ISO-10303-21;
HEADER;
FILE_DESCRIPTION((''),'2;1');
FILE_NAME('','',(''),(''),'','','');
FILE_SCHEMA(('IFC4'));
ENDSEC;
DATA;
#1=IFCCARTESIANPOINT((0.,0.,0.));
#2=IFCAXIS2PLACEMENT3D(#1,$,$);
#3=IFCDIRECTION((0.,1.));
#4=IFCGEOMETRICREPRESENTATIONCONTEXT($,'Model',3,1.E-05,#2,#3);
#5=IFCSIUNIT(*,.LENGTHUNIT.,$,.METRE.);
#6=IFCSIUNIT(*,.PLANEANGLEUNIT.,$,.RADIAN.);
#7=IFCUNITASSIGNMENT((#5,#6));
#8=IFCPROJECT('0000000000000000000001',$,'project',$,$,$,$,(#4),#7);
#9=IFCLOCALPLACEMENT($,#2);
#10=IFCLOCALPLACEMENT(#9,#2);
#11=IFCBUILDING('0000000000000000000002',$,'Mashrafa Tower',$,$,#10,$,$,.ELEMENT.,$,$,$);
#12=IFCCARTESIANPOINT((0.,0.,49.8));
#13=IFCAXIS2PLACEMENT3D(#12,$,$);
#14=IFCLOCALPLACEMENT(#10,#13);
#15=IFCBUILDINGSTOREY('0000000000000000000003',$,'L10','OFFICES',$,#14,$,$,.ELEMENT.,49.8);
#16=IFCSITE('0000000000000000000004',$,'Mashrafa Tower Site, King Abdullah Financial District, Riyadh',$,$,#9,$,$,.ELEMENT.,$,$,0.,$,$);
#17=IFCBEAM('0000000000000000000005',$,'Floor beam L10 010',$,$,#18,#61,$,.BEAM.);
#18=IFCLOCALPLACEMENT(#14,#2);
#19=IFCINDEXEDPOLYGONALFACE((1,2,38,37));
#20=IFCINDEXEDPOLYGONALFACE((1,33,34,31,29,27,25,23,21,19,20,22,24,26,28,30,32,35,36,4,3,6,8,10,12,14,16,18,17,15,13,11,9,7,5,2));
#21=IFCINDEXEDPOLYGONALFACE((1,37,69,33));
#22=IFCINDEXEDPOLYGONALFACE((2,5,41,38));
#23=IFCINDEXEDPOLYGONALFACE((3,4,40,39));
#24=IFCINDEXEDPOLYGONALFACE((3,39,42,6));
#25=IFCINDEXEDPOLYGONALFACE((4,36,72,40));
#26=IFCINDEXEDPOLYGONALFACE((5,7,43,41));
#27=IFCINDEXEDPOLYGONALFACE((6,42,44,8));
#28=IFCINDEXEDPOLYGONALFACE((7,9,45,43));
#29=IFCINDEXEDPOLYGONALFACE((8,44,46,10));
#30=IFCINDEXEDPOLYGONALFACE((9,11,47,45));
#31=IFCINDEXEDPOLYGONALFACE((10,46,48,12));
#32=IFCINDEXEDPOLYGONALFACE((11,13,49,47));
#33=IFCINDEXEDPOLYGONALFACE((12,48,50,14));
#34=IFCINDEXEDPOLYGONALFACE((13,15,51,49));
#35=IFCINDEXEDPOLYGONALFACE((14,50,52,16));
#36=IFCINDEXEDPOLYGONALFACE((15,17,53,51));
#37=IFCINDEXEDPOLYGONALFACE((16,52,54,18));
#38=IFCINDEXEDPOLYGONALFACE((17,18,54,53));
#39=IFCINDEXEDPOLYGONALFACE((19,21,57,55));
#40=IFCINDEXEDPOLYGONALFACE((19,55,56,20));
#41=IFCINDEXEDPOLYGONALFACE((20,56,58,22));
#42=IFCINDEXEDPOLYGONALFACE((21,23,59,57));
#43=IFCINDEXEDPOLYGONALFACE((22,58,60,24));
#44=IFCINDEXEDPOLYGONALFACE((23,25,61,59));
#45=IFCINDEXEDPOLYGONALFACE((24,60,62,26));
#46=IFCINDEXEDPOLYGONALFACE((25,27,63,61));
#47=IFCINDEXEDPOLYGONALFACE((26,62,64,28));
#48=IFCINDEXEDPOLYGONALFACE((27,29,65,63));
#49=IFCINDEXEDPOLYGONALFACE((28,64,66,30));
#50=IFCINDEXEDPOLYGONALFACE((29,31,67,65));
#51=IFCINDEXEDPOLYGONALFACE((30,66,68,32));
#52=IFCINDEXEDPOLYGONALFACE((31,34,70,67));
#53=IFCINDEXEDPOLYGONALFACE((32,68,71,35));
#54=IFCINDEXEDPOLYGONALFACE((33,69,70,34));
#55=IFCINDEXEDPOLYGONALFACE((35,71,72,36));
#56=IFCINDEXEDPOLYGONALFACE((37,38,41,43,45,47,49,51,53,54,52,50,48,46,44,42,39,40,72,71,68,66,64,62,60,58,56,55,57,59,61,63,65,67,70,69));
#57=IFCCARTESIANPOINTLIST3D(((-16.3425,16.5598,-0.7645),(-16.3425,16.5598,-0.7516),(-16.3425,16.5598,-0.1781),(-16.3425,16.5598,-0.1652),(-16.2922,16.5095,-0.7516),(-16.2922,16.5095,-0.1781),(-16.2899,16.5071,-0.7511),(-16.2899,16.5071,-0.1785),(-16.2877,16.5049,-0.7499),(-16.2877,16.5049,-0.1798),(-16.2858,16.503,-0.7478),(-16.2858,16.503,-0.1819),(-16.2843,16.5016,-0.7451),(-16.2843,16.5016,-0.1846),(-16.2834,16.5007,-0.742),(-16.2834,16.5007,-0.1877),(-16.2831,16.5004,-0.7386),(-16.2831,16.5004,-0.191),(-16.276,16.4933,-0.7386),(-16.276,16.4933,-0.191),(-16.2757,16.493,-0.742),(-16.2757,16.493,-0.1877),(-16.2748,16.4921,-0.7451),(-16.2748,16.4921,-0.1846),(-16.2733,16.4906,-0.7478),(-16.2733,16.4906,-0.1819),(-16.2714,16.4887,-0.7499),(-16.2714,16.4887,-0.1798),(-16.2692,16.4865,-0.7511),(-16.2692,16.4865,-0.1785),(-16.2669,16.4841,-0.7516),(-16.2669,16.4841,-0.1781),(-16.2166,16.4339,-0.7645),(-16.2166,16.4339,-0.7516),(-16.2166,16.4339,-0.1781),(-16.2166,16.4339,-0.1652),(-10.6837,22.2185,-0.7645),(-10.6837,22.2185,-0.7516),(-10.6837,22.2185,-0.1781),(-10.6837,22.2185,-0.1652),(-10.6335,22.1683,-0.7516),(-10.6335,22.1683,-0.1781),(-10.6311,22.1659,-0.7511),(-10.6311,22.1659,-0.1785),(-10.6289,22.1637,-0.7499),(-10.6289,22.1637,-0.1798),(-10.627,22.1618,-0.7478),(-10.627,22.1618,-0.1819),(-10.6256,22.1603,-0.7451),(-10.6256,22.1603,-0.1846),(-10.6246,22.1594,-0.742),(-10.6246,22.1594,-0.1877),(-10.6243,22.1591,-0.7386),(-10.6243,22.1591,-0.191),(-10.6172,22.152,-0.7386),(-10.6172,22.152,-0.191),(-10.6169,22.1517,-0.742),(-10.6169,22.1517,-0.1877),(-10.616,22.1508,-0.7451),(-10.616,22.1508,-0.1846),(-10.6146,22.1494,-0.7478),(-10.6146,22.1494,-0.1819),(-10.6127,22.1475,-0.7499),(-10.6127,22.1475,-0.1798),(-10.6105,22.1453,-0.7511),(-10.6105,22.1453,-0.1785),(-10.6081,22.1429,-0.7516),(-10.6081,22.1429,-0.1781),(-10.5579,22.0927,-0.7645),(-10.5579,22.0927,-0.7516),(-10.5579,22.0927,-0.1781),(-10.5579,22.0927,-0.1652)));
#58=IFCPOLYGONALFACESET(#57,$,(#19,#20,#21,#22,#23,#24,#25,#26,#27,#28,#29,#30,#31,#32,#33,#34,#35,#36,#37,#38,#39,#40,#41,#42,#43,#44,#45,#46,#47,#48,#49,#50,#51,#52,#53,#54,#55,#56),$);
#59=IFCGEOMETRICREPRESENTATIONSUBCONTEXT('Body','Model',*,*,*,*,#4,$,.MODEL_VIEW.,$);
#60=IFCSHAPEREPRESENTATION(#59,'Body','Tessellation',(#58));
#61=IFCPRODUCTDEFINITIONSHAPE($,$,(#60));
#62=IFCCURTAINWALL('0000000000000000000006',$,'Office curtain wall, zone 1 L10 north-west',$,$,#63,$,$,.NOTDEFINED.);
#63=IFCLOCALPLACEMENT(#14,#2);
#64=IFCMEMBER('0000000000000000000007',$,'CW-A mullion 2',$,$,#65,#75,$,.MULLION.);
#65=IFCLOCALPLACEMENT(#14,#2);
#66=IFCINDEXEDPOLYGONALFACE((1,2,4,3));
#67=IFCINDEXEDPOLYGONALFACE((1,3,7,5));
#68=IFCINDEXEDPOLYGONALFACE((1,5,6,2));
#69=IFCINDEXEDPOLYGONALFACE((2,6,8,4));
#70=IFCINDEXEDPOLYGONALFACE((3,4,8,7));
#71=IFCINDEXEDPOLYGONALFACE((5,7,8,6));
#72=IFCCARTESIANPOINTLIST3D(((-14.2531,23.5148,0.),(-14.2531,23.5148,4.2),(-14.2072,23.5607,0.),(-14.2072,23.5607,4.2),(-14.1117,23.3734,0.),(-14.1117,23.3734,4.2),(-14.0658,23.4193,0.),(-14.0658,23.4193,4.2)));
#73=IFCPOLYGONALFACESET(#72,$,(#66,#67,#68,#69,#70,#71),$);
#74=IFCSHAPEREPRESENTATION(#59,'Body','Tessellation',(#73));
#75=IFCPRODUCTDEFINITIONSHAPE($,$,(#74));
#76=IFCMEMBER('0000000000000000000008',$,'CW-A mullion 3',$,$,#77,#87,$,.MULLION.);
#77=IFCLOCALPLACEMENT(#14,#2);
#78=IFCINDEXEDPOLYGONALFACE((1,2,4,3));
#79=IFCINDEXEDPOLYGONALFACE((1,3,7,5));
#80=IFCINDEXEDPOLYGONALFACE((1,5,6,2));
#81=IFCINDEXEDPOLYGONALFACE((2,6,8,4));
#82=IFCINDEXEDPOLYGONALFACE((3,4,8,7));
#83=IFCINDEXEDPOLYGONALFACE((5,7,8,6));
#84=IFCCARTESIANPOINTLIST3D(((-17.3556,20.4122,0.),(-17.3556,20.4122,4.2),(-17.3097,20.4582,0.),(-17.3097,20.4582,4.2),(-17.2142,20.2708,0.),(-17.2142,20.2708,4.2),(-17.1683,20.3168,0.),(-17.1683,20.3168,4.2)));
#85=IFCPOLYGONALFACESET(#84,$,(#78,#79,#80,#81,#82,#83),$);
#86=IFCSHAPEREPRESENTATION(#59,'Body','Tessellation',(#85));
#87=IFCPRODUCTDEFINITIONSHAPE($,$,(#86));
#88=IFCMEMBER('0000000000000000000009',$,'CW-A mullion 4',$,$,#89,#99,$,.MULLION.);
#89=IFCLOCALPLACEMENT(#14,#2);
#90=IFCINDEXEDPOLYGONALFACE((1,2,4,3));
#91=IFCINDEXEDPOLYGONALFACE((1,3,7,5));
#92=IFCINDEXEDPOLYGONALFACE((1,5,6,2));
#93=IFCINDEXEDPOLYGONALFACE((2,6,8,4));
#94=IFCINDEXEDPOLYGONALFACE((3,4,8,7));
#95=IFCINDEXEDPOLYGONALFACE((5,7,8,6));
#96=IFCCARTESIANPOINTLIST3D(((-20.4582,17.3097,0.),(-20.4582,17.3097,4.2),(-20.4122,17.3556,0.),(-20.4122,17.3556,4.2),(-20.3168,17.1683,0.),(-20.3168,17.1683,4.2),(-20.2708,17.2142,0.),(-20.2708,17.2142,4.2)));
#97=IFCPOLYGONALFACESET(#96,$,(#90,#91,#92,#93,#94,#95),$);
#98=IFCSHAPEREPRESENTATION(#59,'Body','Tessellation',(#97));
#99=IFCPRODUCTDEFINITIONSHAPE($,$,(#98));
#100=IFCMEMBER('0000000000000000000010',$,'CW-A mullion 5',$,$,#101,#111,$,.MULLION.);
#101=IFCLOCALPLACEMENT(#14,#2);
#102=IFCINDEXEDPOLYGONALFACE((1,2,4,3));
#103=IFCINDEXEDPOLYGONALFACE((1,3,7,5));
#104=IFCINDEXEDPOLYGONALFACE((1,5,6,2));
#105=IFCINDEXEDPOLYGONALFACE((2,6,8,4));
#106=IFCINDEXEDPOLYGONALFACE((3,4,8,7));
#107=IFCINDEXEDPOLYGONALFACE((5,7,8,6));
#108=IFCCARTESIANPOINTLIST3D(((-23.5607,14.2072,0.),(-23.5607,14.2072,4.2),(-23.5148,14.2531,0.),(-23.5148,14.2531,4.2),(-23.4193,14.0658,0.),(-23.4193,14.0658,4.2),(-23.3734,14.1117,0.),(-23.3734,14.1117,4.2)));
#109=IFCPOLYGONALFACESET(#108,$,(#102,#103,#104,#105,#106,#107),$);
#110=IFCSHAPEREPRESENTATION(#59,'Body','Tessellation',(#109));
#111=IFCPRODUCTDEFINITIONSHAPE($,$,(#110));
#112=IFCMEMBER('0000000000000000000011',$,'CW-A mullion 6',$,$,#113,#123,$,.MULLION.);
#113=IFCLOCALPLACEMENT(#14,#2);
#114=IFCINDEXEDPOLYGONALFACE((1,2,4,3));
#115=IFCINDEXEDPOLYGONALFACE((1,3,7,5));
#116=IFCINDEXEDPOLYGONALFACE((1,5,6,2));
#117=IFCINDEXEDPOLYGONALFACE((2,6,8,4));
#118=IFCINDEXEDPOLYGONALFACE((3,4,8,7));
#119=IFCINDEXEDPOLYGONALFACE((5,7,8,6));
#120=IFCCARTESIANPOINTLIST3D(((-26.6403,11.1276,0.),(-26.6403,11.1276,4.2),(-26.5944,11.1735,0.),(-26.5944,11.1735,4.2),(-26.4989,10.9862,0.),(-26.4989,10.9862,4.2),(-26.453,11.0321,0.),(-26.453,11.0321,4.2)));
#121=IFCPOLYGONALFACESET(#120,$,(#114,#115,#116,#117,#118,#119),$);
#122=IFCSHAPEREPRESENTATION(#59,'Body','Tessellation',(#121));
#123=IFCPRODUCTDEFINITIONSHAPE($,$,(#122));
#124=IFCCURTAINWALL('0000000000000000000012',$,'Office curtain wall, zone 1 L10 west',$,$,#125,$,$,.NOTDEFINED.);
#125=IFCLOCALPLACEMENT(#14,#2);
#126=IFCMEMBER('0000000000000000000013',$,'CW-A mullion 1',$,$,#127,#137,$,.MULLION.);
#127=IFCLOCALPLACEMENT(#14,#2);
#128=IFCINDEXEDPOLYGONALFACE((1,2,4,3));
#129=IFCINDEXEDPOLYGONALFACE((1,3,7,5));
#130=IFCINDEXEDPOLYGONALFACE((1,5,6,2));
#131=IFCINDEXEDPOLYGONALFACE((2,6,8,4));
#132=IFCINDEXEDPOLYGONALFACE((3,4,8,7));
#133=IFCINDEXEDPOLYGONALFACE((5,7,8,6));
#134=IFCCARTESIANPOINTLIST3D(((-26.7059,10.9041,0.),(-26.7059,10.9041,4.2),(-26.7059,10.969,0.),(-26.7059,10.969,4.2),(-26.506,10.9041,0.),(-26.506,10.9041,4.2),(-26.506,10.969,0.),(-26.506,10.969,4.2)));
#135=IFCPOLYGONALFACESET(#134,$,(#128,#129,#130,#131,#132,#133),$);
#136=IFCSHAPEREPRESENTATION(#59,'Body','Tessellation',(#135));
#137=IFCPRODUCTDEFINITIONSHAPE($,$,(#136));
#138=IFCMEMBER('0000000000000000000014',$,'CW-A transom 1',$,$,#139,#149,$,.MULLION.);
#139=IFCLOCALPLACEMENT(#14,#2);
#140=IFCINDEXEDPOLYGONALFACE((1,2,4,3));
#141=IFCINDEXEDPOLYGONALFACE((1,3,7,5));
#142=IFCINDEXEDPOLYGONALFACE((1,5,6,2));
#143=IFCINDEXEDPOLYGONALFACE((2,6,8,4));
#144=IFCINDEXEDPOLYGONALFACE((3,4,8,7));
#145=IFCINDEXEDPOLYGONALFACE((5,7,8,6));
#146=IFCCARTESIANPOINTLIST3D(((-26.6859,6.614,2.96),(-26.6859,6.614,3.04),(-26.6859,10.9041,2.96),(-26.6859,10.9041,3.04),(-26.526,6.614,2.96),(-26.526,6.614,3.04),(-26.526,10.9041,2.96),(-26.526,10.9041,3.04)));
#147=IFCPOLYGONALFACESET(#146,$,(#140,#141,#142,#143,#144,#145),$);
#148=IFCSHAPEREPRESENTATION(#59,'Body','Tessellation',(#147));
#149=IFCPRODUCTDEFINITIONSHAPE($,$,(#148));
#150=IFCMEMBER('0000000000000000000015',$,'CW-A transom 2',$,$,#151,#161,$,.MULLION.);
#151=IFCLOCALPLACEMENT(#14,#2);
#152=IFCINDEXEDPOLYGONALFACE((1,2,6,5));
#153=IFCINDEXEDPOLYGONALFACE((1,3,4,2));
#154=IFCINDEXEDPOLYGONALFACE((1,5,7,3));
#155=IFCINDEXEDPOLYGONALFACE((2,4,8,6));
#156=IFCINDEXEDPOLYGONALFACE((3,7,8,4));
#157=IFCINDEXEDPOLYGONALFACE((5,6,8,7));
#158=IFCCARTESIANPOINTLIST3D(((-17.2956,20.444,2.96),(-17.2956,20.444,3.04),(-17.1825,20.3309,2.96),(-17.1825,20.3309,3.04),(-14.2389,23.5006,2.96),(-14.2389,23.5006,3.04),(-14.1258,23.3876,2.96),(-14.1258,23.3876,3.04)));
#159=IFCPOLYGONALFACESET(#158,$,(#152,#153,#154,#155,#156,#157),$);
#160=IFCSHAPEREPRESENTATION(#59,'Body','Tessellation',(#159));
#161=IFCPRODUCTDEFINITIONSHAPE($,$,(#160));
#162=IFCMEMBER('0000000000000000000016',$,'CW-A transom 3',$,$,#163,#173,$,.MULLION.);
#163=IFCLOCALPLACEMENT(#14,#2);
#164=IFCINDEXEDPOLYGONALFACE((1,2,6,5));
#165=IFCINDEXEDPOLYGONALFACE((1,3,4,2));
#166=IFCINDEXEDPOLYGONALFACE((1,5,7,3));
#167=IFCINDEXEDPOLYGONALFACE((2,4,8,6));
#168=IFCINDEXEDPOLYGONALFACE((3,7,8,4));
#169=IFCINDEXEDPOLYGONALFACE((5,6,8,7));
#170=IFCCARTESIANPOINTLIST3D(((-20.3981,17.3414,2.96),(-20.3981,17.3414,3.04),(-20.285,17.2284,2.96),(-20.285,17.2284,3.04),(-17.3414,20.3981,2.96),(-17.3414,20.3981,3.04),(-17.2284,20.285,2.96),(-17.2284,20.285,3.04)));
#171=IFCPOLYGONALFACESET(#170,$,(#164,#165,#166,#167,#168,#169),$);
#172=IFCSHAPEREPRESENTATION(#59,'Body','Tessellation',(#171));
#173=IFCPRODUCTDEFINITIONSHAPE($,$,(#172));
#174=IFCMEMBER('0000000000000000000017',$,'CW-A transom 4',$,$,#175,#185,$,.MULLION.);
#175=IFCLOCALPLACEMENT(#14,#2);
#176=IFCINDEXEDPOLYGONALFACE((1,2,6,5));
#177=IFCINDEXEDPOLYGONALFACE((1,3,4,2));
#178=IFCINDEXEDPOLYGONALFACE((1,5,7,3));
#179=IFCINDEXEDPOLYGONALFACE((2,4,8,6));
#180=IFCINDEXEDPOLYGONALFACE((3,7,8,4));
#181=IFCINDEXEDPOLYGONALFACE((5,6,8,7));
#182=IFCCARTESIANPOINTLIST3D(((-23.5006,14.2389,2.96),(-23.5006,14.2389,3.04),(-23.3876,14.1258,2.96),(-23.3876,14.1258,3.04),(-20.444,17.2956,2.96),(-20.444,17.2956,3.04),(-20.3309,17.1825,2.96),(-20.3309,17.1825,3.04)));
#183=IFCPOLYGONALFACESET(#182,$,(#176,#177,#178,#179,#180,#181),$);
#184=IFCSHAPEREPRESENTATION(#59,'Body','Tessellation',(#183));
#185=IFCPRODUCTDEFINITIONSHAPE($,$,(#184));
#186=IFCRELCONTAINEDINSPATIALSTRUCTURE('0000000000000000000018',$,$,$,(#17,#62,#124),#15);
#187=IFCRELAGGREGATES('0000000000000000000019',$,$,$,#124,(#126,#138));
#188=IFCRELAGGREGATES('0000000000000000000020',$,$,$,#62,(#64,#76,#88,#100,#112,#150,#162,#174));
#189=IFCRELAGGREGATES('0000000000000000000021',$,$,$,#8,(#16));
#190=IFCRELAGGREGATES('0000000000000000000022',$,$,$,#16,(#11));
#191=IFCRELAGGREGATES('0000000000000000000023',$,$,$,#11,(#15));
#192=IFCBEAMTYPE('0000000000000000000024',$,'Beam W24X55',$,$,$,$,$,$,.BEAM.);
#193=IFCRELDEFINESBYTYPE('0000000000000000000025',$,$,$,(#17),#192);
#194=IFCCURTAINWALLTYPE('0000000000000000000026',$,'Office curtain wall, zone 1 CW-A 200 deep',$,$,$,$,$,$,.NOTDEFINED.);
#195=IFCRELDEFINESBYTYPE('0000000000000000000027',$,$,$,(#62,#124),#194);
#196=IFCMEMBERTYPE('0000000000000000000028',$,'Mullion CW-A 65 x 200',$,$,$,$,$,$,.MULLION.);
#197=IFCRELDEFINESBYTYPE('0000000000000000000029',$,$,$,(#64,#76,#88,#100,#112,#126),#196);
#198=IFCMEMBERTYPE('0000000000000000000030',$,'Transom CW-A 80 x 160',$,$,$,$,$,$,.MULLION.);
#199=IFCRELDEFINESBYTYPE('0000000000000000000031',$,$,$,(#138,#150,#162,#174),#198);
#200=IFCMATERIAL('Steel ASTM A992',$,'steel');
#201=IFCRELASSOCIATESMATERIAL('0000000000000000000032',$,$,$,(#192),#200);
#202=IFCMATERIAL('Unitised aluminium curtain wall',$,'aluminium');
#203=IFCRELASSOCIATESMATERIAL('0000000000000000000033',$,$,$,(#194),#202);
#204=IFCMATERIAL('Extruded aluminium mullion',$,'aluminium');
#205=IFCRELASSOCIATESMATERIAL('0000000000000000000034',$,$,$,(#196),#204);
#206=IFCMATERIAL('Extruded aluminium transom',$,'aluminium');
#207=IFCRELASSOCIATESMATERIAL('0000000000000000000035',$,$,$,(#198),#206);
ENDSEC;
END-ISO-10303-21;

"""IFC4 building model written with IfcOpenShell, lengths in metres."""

from ifc_helpers import new_model, si_unit, direction, frame, origin, origin_2d, place, context, subcontext, project, spatial, rectangle, i_section, extrude, source, transform, mapped, material, material_profile, profile_set, type_object, type_shapes, element, aggregate, save


model = new_model("IFC4")

# Units and contexts
model_context = context("Model", 3, precision=1e-05, world=origin(), true_north=direction((0.0, 1.0)))
body_context = subcontext(model_context, "Body", "Model", "MODEL_VIEW")
ifc_project = project(units=[si_unit("LENGTHUNIT", "METRE"), si_unit("PLANEANGLEUNIT", "RADIAN")], contexts=[model_context])

# Site, building, storey
site_placement = place(None, origin())
site = spatial("IfcSite", under=ifc_project, at=site_placement, Name="Mashrafa Tower Site, King Abdullah Financial District, Riyadh", CompositionType="ELEMENT", RefElevation=0.0)
building_placement = place(site_placement, origin())
building = spatial("IfcBuilding", under=site, at=building_placement, Name="Mashrafa Tower", CompositionType="ELEMENT")
storey_placement = place(building_placement, frame((0.0, 0.0, 49.8)))
storey = spatial("IfcBuildingStorey", under=building, at=storey_placement, Name="L10", Description="OFFICES", CompositionType="ELEMENT", Elevation=49.8)

# Beam
ifc_material_1 = material(Name="Steel ASTM A992", Category="steel")
ifc_material_profile_1 = material_profile(ifc_material_1, i_section(OverallWidth=0.178, OverallDepth=0.5994, WebThickness=0.01, FlangeThickness=0.0129, FilletRadius=0.0129, at=origin_2d()), Name="W24X55")
ifc_profile_set_1 = profile_set([ifc_material_profile_1], Name="Steel ASTM A992")
beam_type_1 = type_object("IfcBeamType", Name="Beam W24X55", PredefinedType="BEAM", material=ifc_profile_set_1)
beam_1_placement = place(storey_placement, frame((-16.2795, 16.4968, -0.4648), z_axis=(0.707107, 0.707107, 0.0), x_axis=(-0.707107, 0.707107, 0.0)))
element("IfcBeam", 1, at=beam_1_placement, inside=storey, type_object=beam_type_1, Name="Floor beam L10 010", PredefinedType="BEAM", context=body_context, shape_type="SweptSolid", body=[
    extrude(i_section(OverallWidth=0.178, OverallDepth=0.5994, WebThickness=0.01, FlangeThickness=0.0129, FilletRadius=0.0129, at=origin_2d()), origin(), (0.0, 0.0, 1.0), 8.0027),
])

# Curtain walls, members
ifc_material_2 = material(Name="Unitised aluminium curtain wall", Category="aluminium")
curtain_wall_type = type_object("IfcCurtainWallType", Name="Office curtain wall, zone 1 CW-A 200 deep", PredefinedType="NOTDEFINED", material=ifc_material_2)
curtain_wall_1_placement = place(storey_placement, origin())
curtain_wall_1 = element("IfcCurtainWall", 2, at=curtain_wall_1_placement, inside=storey, type_object=curtain_wall_type, Name="Office curtain wall, zone 1 L10 north-west", PredefinedType="NOTDEFINED")
ifc_material_3 = material(Name="Extruded aluminium mullion", Category="aluminium")
ifc_material_profile_2 = material_profile(ifc_material_3, rectangle(XDim=0.2, YDim=0.0649, at=origin_2d()), Name="Mullion 65x200")
ifc_profile_set_2 = profile_set([ifc_material_profile_2], Name="Extruded aluminium mullion")
member_type_1 = type_object("IfcMemberType", Name="Mullion CW-A 65 x 200", PredefinedType="MULLION", material=ifc_profile_set_2)
shared_shape_1 = source(origin(), body_context, "Body", "SweptSolid", [
    extrude(rectangle(XDim=0.2, YDim=0.0649, at=origin_2d()), origin(), (0.0, 0.0, 1.0), 4.2),
])
type_shapes(member_type_1, [shared_shape_1])
member_1_placement = place(storey_placement, frame((-14.1594, 23.467, 0.0), z_axis=(0.0, 0.0, 1.0), x_axis=(0.707107, -0.707107, 0.0)))
member_1 = element("IfcMember", 3, at=member_1_placement, type_object=member_type_1, Name="CW-A mullion 2", PredefinedType="MULLION", context=body_context, shape_type="MappedRepresentation", body=[
    mapped(shared_shape_1, transform((0.0, 0.0, 0.0))),
])
member_2_placement = place(storey_placement, frame((-17.262, 20.3645, 0.0), z_axis=(0.0, 0.0, 1.0), x_axis=(0.707107, -0.707107, 0.0)))
member_2 = element("IfcMember", 4, at=member_2_placement, type_object=member_type_1, Name="CW-A mullion 3", PredefinedType="MULLION", context=body_context, shape_type="MappedRepresentation", body=[
    mapped(shared_shape_1, transform((0.0, 0.0, 0.0))),
])
member_3_placement = place(storey_placement, frame((-20.3645, 17.262, 0.0), z_axis=(0.0, 0.0, 1.0), x_axis=(0.707107, -0.707107, 0.0)))
member_3 = element("IfcMember", 5, at=member_3_placement, type_object=member_type_1, Name="CW-A mullion 4", PredefinedType="MULLION", context=body_context, shape_type="MappedRepresentation", body=[
    mapped(shared_shape_1, transform((0.0, 0.0, 0.0))),
])
member_4_placement = place(storey_placement, frame((-23.467, 14.1594, 0.0), z_axis=(0.0, 0.0, 1.0), x_axis=(0.707107, -0.707107, 0.0)))
member_4 = element("IfcMember", 6, at=member_4_placement, type_object=member_type_1, Name="CW-A mullion 5", PredefinedType="MULLION", context=body_context, shape_type="MappedRepresentation", body=[
    mapped(shared_shape_1, transform((0.0, 0.0, 0.0))),
])
member_5_placement = place(storey_placement, frame((-26.5466, 11.0798, 0.0), z_axis=(0.0, 0.0, 1.0), x_axis=(0.707107, -0.707107, 0.0)))
member_5 = element("IfcMember", 7, at=member_5_placement, type_object=member_type_1, Name="CW-A mullion 6", PredefinedType="MULLION", context=body_context, shape_type="MappedRepresentation", body=[
    mapped(shared_shape_1, transform((0.0, 0.0, 0.0))),
])
curtain_wall_2_placement = place(storey_placement, origin())
curtain_wall_2 = element("IfcCurtainWall", 8, at=curtain_wall_2_placement, inside=storey, type_object=curtain_wall_type, Name="Office curtain wall, zone 1 L10 west", PredefinedType="NOTDEFINED")
member_6_placement = place(storey_placement, frame((-26.606, 10.9365, 0.0), z_axis=(0.0, 0.0, 1.0), x_axis=(1.0, 0.0, 0.0)))
member_6 = element("IfcMember", 9, at=member_6_placement, type_object=member_type_1, Name="CW-A mullion 1", PredefinedType="MULLION", context=body_context, shape_type="MappedRepresentation", body=[
    mapped(shared_shape_1, transform((0.0, 0.0, 0.0))),
])
ifc_material_4 = material(Name="Extruded aluminium transom", Category="aluminium")
ifc_material_profile_3 = material_profile(ifc_material_4, rectangle(XDim=0.1599, YDim=0.0801, at=origin_2d()), Name="Transom 80x160")
ifc_profile_set_3 = profile_set([ifc_material_profile_3], Name="Extruded aluminium transom")
member_type_2 = type_object("IfcMemberType", Name="Transom CW-A 80 x 160", PredefinedType="MULLION", material=ifc_profile_set_3)
shared_shape_2 = source(origin(), body_context, "Body", "SweptSolid", [
    extrude(rectangle(XDim=0.1599, YDim=0.0801, at=origin_2d()), origin(), (0.0, 0.0, 1.0), 4.29),
])
member_7_placement = place(storey_placement, frame((-26.606, 10.9041, 3.0), z_axis=(0.0, -1.0, 0.0), x_axis=(1.0, 0.0, 0.0)))
member_7 = element("IfcMember", 10, at=member_7_placement, type_object=member_type_2, Name="CW-A transom 1", PredefinedType="MULLION", context=body_context, shape_type="MappedRepresentation", body=[
    mapped(shared_shape_2, transform((0.0, 0.0, 0.0))),
])
aggregate(curtain_wall_2, [member_6, member_7])

# Members
shared_shape_3 = source(origin(), body_context, "Body", "SweptSolid", [
    extrude(rectangle(XDim=0.1599, YDim=0.0801, at=origin_2d()), origin(), (0.0, 0.0, 1.0), 4.3228),
])
member_8_placement = place(storey_placement, frame((-14.1824, 23.4441, 3.0), z_axis=(-0.707107, -0.707107, 0.0), x_axis=(0.707107, -0.707107, 0.0)))
member_8 = element("IfcMember", 11, at=member_8_placement, type_object=member_type_2, Name="CW-A transom 2", PredefinedType="MULLION", context=body_context, shape_type="MappedRepresentation", body=[
    mapped(shared_shape_3, transform((0.0, 0.0, 0.0))),
])
member_9_placement = place(storey_placement, frame((-17.2849, 20.3416, 3.0), z_axis=(-0.707107, -0.707107, 0.0), x_axis=(0.707107, -0.707107, 0.0)))
member_9 = element("IfcMember", 12, at=member_9_placement, type_object=member_type_2, Name="CW-A transom 3", PredefinedType="MULLION", context=body_context, shape_type="MappedRepresentation", body=[
    mapped(shared_shape_3, transform((0.0, 0.0, 0.0))),
])
member_10_placement = place(storey_placement, frame((-20.3875, 17.239, 3.0), z_axis=(-0.707107, -0.707107, 0.0), x_axis=(0.707107, -0.707107, 0.0)))
member_10 = element("IfcMember", 13, at=member_10_placement, type_object=member_type_2, Name="CW-A transom 4", PredefinedType="MULLION", context=body_context, shape_type="MappedRepresentation", body=[
    mapped(shared_shape_3, transform((0.0, 0.0, 0.0))),
])

aggregate(curtain_wall_1, [member_1, member_2, member_3, member_4, member_5, member_8, member_9, member_10])

save(model, "model.ifc")
